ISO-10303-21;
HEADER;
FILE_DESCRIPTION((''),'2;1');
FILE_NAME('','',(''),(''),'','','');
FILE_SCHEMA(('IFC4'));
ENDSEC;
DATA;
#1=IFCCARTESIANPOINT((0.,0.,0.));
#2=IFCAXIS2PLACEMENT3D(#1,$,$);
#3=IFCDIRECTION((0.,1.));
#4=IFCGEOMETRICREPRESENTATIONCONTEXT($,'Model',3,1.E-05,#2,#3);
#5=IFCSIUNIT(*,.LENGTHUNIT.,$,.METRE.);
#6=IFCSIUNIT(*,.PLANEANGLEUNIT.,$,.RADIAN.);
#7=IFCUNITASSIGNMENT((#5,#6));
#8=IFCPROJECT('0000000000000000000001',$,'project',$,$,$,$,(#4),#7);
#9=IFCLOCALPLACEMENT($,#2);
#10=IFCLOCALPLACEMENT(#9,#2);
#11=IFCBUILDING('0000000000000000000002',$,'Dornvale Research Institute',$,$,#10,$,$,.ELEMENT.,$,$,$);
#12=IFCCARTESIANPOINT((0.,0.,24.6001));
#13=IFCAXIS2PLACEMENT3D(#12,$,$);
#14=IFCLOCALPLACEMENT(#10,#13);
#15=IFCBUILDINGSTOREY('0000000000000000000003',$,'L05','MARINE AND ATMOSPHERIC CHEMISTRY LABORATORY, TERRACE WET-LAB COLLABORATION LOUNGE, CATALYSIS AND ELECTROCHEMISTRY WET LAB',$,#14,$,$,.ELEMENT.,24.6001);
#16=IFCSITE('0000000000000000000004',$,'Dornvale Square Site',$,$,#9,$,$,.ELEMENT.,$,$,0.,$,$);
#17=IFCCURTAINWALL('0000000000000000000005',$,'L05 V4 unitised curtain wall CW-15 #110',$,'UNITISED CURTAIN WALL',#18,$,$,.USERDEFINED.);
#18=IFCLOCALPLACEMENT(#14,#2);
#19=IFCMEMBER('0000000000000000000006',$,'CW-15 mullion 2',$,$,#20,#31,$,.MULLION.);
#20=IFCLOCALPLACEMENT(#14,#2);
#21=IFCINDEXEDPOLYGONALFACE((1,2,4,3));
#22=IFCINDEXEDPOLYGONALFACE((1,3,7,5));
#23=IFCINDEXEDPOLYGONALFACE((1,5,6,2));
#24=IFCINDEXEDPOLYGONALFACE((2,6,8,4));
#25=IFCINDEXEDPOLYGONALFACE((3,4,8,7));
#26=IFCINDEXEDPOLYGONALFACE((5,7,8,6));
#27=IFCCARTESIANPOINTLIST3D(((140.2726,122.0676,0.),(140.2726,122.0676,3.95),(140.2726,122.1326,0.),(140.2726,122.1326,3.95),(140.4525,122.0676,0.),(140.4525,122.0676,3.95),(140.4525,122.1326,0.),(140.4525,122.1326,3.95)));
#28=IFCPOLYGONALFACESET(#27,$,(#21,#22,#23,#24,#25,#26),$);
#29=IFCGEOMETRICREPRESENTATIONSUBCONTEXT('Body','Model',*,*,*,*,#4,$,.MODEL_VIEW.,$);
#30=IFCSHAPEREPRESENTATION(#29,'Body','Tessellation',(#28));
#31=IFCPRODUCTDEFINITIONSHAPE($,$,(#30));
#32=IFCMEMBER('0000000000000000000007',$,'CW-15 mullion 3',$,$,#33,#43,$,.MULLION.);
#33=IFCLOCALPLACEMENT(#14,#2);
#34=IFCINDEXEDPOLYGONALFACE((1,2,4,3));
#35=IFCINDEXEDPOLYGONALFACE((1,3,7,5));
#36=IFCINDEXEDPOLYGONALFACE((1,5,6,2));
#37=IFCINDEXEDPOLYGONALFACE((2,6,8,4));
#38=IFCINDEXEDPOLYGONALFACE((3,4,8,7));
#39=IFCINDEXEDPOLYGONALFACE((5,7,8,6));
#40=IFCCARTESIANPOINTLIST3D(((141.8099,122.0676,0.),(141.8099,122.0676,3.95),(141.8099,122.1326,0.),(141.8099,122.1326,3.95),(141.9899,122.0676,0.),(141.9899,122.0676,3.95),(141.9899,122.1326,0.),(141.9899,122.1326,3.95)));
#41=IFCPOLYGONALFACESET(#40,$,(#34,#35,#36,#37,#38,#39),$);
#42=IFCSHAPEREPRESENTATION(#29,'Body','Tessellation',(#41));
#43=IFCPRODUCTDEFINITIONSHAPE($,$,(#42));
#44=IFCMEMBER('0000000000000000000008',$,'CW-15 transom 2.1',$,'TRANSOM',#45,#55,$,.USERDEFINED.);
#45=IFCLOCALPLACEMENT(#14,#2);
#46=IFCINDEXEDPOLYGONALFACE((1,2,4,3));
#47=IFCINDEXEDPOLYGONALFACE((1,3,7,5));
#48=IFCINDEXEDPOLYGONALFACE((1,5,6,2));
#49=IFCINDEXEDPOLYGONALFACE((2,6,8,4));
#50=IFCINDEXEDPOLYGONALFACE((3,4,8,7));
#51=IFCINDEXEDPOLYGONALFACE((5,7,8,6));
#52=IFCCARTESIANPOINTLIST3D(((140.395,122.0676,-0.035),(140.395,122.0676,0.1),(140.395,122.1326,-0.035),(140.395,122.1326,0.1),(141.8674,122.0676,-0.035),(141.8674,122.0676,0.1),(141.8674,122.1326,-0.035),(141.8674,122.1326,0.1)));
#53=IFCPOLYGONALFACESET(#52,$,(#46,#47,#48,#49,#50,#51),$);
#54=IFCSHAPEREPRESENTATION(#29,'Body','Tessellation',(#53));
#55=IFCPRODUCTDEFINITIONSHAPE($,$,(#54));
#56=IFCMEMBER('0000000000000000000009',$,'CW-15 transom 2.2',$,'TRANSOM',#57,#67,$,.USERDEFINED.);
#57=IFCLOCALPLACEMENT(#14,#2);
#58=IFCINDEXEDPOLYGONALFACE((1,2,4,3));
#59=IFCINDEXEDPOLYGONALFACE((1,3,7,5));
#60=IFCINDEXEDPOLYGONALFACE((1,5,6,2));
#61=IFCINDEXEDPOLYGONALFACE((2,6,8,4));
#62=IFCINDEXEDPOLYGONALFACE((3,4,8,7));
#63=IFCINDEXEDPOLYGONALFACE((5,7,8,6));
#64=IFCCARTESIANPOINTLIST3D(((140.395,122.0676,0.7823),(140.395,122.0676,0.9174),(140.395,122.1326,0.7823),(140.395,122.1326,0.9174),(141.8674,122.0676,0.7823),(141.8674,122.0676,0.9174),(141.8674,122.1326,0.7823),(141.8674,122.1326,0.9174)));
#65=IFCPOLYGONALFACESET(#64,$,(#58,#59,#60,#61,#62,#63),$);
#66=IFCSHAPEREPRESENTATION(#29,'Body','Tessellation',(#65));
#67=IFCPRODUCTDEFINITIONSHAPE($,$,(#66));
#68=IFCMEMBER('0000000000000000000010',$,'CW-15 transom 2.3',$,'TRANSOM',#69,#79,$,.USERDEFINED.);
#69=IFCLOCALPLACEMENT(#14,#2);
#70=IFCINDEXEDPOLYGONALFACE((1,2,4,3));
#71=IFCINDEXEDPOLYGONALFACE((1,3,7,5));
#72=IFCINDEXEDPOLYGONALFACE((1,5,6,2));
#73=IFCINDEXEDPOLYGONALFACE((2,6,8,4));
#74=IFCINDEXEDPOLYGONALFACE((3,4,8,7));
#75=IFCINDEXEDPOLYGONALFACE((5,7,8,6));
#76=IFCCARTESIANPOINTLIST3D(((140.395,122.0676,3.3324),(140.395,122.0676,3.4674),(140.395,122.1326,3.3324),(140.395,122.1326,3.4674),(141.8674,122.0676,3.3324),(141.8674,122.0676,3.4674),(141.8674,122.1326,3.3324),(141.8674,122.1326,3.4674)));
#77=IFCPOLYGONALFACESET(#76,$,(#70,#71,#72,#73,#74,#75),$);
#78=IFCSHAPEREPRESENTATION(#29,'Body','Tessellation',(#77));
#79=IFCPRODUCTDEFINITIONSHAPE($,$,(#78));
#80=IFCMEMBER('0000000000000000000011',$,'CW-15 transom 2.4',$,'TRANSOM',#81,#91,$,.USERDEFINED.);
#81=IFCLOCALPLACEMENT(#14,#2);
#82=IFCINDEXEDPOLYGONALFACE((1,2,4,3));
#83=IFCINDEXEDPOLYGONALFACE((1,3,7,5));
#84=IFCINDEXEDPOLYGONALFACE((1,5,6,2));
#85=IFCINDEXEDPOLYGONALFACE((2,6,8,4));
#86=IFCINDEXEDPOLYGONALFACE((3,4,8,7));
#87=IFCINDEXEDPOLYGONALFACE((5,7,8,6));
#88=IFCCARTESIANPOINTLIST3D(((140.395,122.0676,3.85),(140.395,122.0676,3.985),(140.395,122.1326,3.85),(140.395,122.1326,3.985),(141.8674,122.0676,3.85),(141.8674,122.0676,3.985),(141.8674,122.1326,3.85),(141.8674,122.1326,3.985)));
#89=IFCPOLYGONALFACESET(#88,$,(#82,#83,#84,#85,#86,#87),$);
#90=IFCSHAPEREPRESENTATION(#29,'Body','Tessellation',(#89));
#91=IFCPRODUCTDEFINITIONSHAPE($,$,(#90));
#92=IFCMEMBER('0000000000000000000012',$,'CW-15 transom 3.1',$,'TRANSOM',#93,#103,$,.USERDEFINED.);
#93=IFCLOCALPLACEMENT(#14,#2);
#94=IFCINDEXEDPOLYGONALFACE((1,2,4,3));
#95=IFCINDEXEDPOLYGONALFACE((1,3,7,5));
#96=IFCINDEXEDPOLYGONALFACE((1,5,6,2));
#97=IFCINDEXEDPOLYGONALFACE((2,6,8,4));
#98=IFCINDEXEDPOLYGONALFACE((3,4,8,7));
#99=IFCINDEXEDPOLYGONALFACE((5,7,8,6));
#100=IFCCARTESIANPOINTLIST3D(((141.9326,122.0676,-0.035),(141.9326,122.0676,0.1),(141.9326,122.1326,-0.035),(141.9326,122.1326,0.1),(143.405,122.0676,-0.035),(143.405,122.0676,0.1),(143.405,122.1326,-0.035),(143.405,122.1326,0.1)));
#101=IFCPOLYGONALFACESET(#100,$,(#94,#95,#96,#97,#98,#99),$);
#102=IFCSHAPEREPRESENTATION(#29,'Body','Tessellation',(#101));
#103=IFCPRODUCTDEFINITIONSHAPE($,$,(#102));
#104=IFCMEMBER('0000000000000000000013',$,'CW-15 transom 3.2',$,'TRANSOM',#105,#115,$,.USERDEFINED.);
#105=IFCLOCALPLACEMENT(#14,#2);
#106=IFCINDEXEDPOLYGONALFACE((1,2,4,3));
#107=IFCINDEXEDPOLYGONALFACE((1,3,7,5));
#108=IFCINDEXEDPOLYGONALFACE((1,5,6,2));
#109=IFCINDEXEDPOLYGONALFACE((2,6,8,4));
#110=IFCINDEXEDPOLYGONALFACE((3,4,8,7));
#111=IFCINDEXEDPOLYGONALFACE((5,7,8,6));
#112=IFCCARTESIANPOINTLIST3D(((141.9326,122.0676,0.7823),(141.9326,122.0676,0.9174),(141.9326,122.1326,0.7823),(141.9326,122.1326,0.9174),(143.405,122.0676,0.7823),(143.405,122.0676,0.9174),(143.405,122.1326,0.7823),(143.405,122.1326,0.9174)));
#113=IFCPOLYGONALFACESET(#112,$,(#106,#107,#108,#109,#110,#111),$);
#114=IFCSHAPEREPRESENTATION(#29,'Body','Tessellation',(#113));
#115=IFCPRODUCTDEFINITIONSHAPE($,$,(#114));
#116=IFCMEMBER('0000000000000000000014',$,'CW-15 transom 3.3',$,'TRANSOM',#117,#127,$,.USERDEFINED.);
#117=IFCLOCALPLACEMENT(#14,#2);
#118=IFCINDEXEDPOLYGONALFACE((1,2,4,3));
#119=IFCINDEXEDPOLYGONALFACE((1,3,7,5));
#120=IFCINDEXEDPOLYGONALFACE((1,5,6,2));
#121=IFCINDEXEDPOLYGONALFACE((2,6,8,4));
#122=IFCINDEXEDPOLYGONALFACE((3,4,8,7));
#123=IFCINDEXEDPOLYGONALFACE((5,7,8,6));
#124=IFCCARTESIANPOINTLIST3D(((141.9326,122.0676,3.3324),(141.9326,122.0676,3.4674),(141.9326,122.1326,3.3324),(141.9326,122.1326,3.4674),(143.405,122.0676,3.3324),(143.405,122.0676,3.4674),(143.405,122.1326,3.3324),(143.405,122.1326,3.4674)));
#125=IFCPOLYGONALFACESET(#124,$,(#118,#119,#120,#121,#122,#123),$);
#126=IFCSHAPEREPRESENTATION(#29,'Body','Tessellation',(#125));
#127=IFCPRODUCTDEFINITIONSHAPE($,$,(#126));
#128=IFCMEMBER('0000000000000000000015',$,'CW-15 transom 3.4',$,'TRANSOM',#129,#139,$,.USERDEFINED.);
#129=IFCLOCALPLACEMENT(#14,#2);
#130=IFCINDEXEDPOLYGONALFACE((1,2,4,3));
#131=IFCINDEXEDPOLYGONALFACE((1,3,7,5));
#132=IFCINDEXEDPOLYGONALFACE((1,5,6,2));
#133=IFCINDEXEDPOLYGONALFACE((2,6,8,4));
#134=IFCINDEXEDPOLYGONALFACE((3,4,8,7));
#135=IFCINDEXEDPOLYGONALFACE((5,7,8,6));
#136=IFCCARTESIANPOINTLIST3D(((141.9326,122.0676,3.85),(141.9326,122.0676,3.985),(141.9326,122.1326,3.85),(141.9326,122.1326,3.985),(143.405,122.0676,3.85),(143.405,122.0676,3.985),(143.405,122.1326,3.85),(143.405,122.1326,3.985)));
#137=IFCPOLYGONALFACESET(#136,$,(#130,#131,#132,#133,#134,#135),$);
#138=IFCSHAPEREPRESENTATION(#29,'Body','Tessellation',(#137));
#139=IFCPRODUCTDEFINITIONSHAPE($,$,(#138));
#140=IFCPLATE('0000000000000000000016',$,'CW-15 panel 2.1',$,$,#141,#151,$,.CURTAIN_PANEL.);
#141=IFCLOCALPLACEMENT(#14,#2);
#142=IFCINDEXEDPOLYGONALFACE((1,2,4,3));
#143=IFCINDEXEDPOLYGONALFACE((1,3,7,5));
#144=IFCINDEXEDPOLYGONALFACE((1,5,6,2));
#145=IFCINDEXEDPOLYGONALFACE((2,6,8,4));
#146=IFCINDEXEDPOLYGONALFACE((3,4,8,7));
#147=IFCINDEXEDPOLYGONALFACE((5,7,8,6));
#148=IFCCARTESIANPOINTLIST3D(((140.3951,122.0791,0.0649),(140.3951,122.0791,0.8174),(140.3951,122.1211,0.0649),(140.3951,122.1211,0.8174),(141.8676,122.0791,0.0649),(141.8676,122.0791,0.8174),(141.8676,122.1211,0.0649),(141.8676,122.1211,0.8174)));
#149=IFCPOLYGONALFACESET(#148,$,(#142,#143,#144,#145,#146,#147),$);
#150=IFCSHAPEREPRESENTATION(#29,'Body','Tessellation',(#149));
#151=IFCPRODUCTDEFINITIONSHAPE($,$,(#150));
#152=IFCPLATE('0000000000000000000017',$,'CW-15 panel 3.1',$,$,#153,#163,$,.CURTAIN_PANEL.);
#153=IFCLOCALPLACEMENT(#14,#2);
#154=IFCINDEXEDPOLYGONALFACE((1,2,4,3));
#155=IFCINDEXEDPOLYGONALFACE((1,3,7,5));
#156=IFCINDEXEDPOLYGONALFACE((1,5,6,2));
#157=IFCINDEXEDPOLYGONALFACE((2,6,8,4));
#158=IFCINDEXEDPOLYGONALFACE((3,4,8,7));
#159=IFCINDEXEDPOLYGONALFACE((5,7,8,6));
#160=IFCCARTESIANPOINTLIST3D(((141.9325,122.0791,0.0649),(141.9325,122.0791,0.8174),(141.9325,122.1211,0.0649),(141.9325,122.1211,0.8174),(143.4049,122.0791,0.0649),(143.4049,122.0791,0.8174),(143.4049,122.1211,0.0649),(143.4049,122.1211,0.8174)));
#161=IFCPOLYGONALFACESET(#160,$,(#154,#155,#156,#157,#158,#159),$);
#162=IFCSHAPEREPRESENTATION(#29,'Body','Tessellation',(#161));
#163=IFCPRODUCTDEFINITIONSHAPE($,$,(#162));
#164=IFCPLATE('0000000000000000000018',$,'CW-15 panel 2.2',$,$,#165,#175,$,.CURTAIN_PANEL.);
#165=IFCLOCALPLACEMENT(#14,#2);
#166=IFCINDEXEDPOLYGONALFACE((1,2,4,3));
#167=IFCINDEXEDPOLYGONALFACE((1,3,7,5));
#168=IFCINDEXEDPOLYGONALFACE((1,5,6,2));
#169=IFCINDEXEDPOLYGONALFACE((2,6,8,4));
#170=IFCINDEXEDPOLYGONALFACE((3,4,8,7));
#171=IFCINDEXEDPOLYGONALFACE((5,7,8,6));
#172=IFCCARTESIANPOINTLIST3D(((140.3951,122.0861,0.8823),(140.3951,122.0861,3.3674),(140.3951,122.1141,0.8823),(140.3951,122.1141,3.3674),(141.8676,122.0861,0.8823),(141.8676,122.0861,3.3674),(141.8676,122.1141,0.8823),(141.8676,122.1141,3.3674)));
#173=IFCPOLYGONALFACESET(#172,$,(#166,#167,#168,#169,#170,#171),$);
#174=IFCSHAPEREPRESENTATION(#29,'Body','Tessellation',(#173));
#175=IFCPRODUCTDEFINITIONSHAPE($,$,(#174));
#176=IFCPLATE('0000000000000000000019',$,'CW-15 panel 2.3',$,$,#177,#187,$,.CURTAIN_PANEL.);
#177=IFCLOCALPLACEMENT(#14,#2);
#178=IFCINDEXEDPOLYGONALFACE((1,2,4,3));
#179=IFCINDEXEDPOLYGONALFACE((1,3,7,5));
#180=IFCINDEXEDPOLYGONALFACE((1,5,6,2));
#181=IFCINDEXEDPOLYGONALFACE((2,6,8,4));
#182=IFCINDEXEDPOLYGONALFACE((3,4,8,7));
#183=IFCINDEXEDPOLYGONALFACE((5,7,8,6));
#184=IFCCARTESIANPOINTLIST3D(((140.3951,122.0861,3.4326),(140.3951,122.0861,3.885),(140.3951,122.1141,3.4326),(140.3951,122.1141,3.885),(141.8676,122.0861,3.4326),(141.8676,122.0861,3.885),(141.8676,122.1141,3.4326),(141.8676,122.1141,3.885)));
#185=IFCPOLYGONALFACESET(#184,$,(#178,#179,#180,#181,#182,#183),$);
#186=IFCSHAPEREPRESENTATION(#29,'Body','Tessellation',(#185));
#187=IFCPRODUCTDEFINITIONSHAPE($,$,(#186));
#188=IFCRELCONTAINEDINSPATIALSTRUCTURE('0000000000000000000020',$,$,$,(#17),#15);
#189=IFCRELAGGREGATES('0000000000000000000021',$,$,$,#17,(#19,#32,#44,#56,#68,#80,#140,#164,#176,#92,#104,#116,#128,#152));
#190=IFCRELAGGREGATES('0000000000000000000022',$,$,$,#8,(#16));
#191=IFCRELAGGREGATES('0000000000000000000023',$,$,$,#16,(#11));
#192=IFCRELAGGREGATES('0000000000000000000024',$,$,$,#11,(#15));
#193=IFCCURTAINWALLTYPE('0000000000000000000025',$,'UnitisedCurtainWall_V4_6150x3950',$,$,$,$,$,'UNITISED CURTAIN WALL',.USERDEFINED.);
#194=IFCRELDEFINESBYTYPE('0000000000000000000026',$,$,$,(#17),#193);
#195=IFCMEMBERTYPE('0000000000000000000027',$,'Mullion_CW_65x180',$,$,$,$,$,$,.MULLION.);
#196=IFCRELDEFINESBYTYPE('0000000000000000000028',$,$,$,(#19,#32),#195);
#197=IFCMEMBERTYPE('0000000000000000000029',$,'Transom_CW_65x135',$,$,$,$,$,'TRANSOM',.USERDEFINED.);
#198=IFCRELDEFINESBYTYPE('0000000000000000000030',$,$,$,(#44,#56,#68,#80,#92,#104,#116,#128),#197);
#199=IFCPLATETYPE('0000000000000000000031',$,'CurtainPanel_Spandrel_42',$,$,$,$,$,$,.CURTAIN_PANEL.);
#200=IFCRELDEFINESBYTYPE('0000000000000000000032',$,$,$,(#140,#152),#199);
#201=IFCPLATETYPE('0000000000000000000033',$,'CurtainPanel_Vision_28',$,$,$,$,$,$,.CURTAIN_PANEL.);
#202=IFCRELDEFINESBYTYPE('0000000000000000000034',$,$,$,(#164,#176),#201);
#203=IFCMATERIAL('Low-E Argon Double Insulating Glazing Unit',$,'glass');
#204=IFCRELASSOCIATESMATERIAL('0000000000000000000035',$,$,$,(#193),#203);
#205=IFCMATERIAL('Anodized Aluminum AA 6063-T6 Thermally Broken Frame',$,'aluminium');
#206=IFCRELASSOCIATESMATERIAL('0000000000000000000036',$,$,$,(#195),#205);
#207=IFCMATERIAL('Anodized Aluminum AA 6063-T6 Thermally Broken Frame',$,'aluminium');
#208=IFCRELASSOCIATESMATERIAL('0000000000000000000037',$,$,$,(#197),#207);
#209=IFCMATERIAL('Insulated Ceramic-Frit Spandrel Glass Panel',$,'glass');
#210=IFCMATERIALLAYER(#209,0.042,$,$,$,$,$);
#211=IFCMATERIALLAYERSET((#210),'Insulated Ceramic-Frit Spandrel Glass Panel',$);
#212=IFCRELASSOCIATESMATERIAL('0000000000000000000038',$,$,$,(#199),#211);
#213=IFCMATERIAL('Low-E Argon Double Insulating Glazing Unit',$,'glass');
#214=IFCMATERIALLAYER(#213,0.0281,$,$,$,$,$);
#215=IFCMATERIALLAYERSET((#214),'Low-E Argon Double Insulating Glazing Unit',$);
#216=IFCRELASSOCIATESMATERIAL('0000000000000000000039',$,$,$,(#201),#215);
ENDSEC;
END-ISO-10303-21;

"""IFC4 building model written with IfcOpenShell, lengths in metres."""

from ifc_helpers import new_model, si_unit, direction, frame, origin, origin_2d, place, context, subcontext, project, spatial, rectangle, extrude, material, layer, layer_set, material_profile, profile_set, type_object, element, aggregate, save


model = new_model("IFC4")

# Units and contexts
model_context = context("Model", 3, precision=1e-05, world=origin(), true_north=direction((0.0, 1.0)))
body_context = subcontext(model_context, "Body", "Model", "MODEL_VIEW")
ifc_project = project(units=[si_unit("LENGTHUNIT", "METRE"), si_unit("PLANEANGLEUNIT", "RADIAN")], contexts=[model_context])

# Site, building, storey
site_placement = place(None, origin())
site = spatial("IfcSite", under=ifc_project, at=site_placement, Name="Dornvale Square Site", CompositionType="ELEMENT", RefElevation=0.0)
building_placement = place(site_placement, origin())
building = spatial("IfcBuilding", under=site, at=building_placement, Name="Dornvale Research Institute", CompositionType="ELEMENT")
storey_placement = place(building_placement, frame((0.0, 0.0, 24.6001)))
storey = spatial("IfcBuildingStorey", under=building, at=storey_placement, Name="L05", Description="MARINE AND ATMOSPHERIC CHEMISTRY LABORATORY, TERRACE WET-LAB COLLABORATION LOUNGE, CATALYSIS AND ELECTROCHEMISTRY WET LAB", CompositionType="ELEMENT", Elevation=24.6001)

# Curtain wall, members, plates
ifc_material_1 = material(Name="Low-E Argon Double Insulating Glazing Unit", Category="glass")
curtain_wall_type = type_object("IfcCurtainWallType", Name="UnitisedCurtainWall_V4_6150x3950", ElementType="UNITISED CURTAIN WALL", PredefinedType="USERDEFINED", material=ifc_material_1)
curtain_wall_placement = place(storey_placement, origin())
curtain_wall = element("IfcCurtainWall", 1, at=curtain_wall_placement, inside=storey, type_object=curtain_wall_type, Name="L05 V4 unitised curtain wall CW-15 #110", ObjectType="UNITISED CURTAIN WALL", PredefinedType="USERDEFINED")
ifc_material_2 = material(Name="Anodized Aluminum AA 6063-T6 Thermally Broken Frame", Category="aluminium")
ifc_material_profile_1 = material_profile(ifc_material_2, rectangle(XDim=0.0649, YDim=0.1799, at=origin_2d()), Name="ALU MULLION 65x180")
ifc_profile_set_1 = profile_set([ifc_material_profile_1], Name="Anodized Aluminum AA 6063-T6 Thermally Broken Frame")
member_type_1 = type_object("IfcMemberType", Name="Mullion_CW_65x180", PredefinedType="MULLION", material=ifc_profile_set_1)
member_1_placement = place(storey_placement, frame((140.3625, 122.1001, 0.0), z_axis=(0.0, 0.0, 1.0), x_axis=(0.0, 1.0, 0.0)))
member_1 = element("IfcMember", 2, at=member_1_placement, type_object=member_type_1, Name="CW-15 mullion 2", PredefinedType="MULLION", context=body_context, shape_type="SweptSolid", body=[
    extrude(rectangle(XDim=0.0649, YDim=0.1799, at=origin_2d()), origin(), (0.0, 0.0, 1.0), 3.95),
])
member_2_placement = place(storey_placement, frame((141.8999, 122.1001, 0.0), z_axis=(0.0, 0.0, 1.0), x_axis=(0.0, 1.0, 0.0)))
member_2 = element("IfcMember", 3, at=member_2_placement, type_object=member_type_1, Name="CW-15 mullion 3", PredefinedType="MULLION", context=body_context, shape_type="SweptSolid", body=[
    extrude(rectangle(XDim=0.0649, YDim=0.1799, at=origin_2d()), origin(), (0.0, 0.0, 1.0), 3.95),
])
ifc_material_3 = material(Name="Anodized Aluminum AA 6063-T6 Thermally Broken Frame", Category="aluminium")
ifc_material_profile_2 = material_profile(ifc_material_3, rectangle(XDim=0.0649, YDim=0.135, at=origin_2d()), Name="ALU TRANSOM 65x135")
ifc_profile_set_2 = profile_set([ifc_material_profile_2], Name="Anodized Aluminum AA 6063-T6 Thermally Broken Frame")
member_type_2 = type_object("IfcMemberType", Name="Transom_CW_65x135", ElementType="TRANSOM", PredefinedType="USERDEFINED", material=ifc_profile_set_2)
member_3_placement = place(storey_placement, frame((140.395, 122.1001, 0.0325), z_axis=(1.0, 0.0, 0.0), x_axis=(0.0, 1.0, 0.0)))
member_3 = element("IfcMember", 4, at=member_3_placement, type_object=member_type_2, Name="CW-15 transom 2.1", ObjectType="TRANSOM", PredefinedType="USERDEFINED", context=body_context, shape_type="SweptSolid", body=[
    extrude(rectangle(XDim=0.0649, YDim=0.135, at=origin_2d()), origin(), (0.0, 0.0, 1.0), 1.4724),
])
member_4_placement = place(storey_placement, frame((140.395, 122.1001, 0.8499), z_axis=(1.0, 0.0, 0.0), x_axis=(0.0, 1.0, 0.0)))
member_4 = element("IfcMember", 5, at=member_4_placement, type_object=member_type_2, Name="CW-15 transom 2.2", ObjectType="TRANSOM", PredefinedType="USERDEFINED", context=body_context, shape_type="SweptSolid", body=[
    extrude(rectangle(XDim=0.0649, YDim=0.135, at=origin_2d()), origin(), (0.0, 0.0, 1.0), 1.4724),
])
member_5_placement = place(storey_placement, frame((140.395, 122.1001, 3.3999), z_axis=(1.0, 0.0, 0.0), x_axis=(0.0, 1.0, 0.0)))
member_5 = element("IfcMember", 6, at=member_5_placement, type_object=member_type_2, Name="CW-15 transom 2.3", ObjectType="TRANSOM", PredefinedType="USERDEFINED", context=body_context, shape_type="SweptSolid", body=[
    extrude(rectangle(XDim=0.0649, YDim=0.135, at=origin_2d()), origin(), (0.0, 0.0, 1.0), 1.4724),
])
member_6_placement = place(storey_placement, frame((140.395, 122.1001, 3.9175), z_axis=(1.0, 0.0, 0.0), x_axis=(0.0, 1.0, 0.0)))
member_6 = element("IfcMember", 7, at=member_6_placement, type_object=member_type_2, Name="CW-15 transom 2.4", ObjectType="TRANSOM", PredefinedType="USERDEFINED", context=body_context, shape_type="SweptSolid", body=[
    extrude(rectangle(XDim=0.0649, YDim=0.135, at=origin_2d()), origin(), (0.0, 0.0, 1.0), 1.4724),
])
member_7_placement = place(storey_placement, frame((141.9326, 122.1001, 0.0325), z_axis=(1.0, 0.0, 0.0), x_axis=(0.0, 1.0, 0.0)))
member_7 = element("IfcMember", 8, at=member_7_placement, type_object=member_type_2, Name="CW-15 transom 3.1", ObjectType="TRANSOM", PredefinedType="USERDEFINED", context=body_context, shape_type="SweptSolid", body=[
    extrude(rectangle(XDim=0.0649, YDim=0.135, at=origin_2d()), origin(), (0.0, 0.0, 1.0), 1.4724),
])
member_8_placement = place(storey_placement, frame((141.9326, 122.1001, 0.8499), z_axis=(1.0, 0.0, 0.0), x_axis=(0.0, 1.0, 0.0)))
member_8 = element("IfcMember", 9, at=member_8_placement, type_object=member_type_2, Name="CW-15 transom 3.2", ObjectType="TRANSOM", PredefinedType="USERDEFINED", context=body_context, shape_type="SweptSolid", body=[
    extrude(rectangle(XDim=0.0649, YDim=0.135, at=origin_2d()), origin(), (0.0, 0.0, 1.0), 1.4724),
])
member_9_placement = place(storey_placement, frame((141.9326, 122.1001, 3.3999), z_axis=(1.0, 0.0, 0.0), x_axis=(0.0, 1.0, 0.0)))
member_9 = element("IfcMember", 10, at=member_9_placement, type_object=member_type_2, Name="CW-15 transom 3.3", ObjectType="TRANSOM", PredefinedType="USERDEFINED", context=body_context, shape_type="SweptSolid", body=[
    extrude(rectangle(XDim=0.0649, YDim=0.135, at=origin_2d()), origin(), (0.0, 0.0, 1.0), 1.4724),
])
member_10_placement = place(storey_placement, frame((141.9326, 122.1001, 3.9175), z_axis=(1.0, 0.0, 0.0), x_axis=(0.0, 1.0, 0.0)))
member_10 = element("IfcMember", 11, at=member_10_placement, type_object=member_type_2, Name="CW-15 transom 3.4", ObjectType="TRANSOM", PredefinedType="USERDEFINED", context=body_context, shape_type="SweptSolid", body=[
    extrude(rectangle(XDim=0.0649, YDim=0.135, at=origin_2d()), origin(), (0.0, 0.0, 1.0), 1.4724),
])
ifc_material_4 = material(Name="Insulated Ceramic-Frit Spandrel Glass Panel", Category="glass")
ifc_layer_1 = layer(ifc_material_4, 0.042)
ifc_layer_set_1 = layer_set([ifc_layer_1], Name="Insulated Ceramic-Frit Spandrel Glass Panel")
plate_type_1 = type_object("IfcPlateType", Name="CurtainPanel_Spandrel_42", PredefinedType="CURTAIN_PANEL", material=ifc_layer_set_1)
plate_1_placement = place(storey_placement, frame((141.1313, 122.1001, 0.0649), z_axis=(0.0, 0.0, 1.0), x_axis=(1.0, 0.0, 0.0)))
plate_1 = element("IfcPlate", 12, at=plate_1_placement, type_object=plate_type_1, Name="CW-15 panel 2.1", PredefinedType="CURTAIN_PANEL", context=body_context, shape_type="SweptSolid", body=[
    extrude(rectangle(XDim=1.4724, YDim=0.042, at=origin_2d()), origin(), (0.0, 0.0, 1.0), 0.7524),
])
plate_2_placement = place(storey_placement, frame((142.6687, 122.1001, 0.0649), z_axis=(0.0, 0.0, 1.0), x_axis=(1.0, 0.0, 0.0)))
plate_2 = element("IfcPlate", 13, at=plate_2_placement, type_object=plate_type_1, Name="CW-15 panel 3.1", PredefinedType="CURTAIN_PANEL", context=body_context, shape_type="SweptSolid", body=[
    extrude(rectangle(XDim=1.4724, YDim=0.042, at=origin_2d()), origin(), (0.0, 0.0, 1.0), 0.7524),
])
ifc_material_5 = material(Name="Low-E Argon Double Insulating Glazing Unit", Category="glass")
ifc_layer_2 = layer(ifc_material_5, 0.0281)
ifc_layer_set_2 = layer_set([ifc_layer_2], Name="Low-E Argon Double Insulating Glazing Unit")
plate_type_2 = type_object("IfcPlateType", Name="CurtainPanel_Vision_28", PredefinedType="CURTAIN_PANEL", material=ifc_layer_set_2)
plate_3_placement = place(storey_placement, frame((141.1313, 122.1001, 0.8823), z_axis=(0.0, 0.0, 1.0), x_axis=(1.0, 0.0, 0.0)))
plate_3 = element("IfcPlate", 14, at=plate_3_placement, type_object=plate_type_2, Name="CW-15 panel 2.2", PredefinedType="CURTAIN_PANEL", context=body_context, shape_type="SweptSolid", body=[
    extrude(rectangle(XDim=1.4724, YDim=0.0281, at=origin_2d()), origin(), (0.0, 0.0, 1.0), 2.4851),
])
plate_4_placement = place(storey_placement, frame((141.1313, 122.1001, 3.4326), z_axis=(0.0, 0.0, 1.0), x_axis=(1.0, 0.0, 0.0)))
plate_4 = element("IfcPlate", 15, at=plate_4_placement, type_object=plate_type_2, Name="CW-15 panel 2.3", PredefinedType="CURTAIN_PANEL", context=body_context, shape_type="SweptSolid", body=[
    extrude(rectangle(XDim=1.4724, YDim=0.0281, at=origin_2d()), origin(), (0.0, 0.0, 1.0), 0.4524),
])
aggregate(curtain_wall, [member_1, member_2, member_3, member_4, member_5, member_6, plate_1, plate_3, plate_4, member_7, member_8, member_9, member_10, plate_2])

save(model, "model.ifc")
